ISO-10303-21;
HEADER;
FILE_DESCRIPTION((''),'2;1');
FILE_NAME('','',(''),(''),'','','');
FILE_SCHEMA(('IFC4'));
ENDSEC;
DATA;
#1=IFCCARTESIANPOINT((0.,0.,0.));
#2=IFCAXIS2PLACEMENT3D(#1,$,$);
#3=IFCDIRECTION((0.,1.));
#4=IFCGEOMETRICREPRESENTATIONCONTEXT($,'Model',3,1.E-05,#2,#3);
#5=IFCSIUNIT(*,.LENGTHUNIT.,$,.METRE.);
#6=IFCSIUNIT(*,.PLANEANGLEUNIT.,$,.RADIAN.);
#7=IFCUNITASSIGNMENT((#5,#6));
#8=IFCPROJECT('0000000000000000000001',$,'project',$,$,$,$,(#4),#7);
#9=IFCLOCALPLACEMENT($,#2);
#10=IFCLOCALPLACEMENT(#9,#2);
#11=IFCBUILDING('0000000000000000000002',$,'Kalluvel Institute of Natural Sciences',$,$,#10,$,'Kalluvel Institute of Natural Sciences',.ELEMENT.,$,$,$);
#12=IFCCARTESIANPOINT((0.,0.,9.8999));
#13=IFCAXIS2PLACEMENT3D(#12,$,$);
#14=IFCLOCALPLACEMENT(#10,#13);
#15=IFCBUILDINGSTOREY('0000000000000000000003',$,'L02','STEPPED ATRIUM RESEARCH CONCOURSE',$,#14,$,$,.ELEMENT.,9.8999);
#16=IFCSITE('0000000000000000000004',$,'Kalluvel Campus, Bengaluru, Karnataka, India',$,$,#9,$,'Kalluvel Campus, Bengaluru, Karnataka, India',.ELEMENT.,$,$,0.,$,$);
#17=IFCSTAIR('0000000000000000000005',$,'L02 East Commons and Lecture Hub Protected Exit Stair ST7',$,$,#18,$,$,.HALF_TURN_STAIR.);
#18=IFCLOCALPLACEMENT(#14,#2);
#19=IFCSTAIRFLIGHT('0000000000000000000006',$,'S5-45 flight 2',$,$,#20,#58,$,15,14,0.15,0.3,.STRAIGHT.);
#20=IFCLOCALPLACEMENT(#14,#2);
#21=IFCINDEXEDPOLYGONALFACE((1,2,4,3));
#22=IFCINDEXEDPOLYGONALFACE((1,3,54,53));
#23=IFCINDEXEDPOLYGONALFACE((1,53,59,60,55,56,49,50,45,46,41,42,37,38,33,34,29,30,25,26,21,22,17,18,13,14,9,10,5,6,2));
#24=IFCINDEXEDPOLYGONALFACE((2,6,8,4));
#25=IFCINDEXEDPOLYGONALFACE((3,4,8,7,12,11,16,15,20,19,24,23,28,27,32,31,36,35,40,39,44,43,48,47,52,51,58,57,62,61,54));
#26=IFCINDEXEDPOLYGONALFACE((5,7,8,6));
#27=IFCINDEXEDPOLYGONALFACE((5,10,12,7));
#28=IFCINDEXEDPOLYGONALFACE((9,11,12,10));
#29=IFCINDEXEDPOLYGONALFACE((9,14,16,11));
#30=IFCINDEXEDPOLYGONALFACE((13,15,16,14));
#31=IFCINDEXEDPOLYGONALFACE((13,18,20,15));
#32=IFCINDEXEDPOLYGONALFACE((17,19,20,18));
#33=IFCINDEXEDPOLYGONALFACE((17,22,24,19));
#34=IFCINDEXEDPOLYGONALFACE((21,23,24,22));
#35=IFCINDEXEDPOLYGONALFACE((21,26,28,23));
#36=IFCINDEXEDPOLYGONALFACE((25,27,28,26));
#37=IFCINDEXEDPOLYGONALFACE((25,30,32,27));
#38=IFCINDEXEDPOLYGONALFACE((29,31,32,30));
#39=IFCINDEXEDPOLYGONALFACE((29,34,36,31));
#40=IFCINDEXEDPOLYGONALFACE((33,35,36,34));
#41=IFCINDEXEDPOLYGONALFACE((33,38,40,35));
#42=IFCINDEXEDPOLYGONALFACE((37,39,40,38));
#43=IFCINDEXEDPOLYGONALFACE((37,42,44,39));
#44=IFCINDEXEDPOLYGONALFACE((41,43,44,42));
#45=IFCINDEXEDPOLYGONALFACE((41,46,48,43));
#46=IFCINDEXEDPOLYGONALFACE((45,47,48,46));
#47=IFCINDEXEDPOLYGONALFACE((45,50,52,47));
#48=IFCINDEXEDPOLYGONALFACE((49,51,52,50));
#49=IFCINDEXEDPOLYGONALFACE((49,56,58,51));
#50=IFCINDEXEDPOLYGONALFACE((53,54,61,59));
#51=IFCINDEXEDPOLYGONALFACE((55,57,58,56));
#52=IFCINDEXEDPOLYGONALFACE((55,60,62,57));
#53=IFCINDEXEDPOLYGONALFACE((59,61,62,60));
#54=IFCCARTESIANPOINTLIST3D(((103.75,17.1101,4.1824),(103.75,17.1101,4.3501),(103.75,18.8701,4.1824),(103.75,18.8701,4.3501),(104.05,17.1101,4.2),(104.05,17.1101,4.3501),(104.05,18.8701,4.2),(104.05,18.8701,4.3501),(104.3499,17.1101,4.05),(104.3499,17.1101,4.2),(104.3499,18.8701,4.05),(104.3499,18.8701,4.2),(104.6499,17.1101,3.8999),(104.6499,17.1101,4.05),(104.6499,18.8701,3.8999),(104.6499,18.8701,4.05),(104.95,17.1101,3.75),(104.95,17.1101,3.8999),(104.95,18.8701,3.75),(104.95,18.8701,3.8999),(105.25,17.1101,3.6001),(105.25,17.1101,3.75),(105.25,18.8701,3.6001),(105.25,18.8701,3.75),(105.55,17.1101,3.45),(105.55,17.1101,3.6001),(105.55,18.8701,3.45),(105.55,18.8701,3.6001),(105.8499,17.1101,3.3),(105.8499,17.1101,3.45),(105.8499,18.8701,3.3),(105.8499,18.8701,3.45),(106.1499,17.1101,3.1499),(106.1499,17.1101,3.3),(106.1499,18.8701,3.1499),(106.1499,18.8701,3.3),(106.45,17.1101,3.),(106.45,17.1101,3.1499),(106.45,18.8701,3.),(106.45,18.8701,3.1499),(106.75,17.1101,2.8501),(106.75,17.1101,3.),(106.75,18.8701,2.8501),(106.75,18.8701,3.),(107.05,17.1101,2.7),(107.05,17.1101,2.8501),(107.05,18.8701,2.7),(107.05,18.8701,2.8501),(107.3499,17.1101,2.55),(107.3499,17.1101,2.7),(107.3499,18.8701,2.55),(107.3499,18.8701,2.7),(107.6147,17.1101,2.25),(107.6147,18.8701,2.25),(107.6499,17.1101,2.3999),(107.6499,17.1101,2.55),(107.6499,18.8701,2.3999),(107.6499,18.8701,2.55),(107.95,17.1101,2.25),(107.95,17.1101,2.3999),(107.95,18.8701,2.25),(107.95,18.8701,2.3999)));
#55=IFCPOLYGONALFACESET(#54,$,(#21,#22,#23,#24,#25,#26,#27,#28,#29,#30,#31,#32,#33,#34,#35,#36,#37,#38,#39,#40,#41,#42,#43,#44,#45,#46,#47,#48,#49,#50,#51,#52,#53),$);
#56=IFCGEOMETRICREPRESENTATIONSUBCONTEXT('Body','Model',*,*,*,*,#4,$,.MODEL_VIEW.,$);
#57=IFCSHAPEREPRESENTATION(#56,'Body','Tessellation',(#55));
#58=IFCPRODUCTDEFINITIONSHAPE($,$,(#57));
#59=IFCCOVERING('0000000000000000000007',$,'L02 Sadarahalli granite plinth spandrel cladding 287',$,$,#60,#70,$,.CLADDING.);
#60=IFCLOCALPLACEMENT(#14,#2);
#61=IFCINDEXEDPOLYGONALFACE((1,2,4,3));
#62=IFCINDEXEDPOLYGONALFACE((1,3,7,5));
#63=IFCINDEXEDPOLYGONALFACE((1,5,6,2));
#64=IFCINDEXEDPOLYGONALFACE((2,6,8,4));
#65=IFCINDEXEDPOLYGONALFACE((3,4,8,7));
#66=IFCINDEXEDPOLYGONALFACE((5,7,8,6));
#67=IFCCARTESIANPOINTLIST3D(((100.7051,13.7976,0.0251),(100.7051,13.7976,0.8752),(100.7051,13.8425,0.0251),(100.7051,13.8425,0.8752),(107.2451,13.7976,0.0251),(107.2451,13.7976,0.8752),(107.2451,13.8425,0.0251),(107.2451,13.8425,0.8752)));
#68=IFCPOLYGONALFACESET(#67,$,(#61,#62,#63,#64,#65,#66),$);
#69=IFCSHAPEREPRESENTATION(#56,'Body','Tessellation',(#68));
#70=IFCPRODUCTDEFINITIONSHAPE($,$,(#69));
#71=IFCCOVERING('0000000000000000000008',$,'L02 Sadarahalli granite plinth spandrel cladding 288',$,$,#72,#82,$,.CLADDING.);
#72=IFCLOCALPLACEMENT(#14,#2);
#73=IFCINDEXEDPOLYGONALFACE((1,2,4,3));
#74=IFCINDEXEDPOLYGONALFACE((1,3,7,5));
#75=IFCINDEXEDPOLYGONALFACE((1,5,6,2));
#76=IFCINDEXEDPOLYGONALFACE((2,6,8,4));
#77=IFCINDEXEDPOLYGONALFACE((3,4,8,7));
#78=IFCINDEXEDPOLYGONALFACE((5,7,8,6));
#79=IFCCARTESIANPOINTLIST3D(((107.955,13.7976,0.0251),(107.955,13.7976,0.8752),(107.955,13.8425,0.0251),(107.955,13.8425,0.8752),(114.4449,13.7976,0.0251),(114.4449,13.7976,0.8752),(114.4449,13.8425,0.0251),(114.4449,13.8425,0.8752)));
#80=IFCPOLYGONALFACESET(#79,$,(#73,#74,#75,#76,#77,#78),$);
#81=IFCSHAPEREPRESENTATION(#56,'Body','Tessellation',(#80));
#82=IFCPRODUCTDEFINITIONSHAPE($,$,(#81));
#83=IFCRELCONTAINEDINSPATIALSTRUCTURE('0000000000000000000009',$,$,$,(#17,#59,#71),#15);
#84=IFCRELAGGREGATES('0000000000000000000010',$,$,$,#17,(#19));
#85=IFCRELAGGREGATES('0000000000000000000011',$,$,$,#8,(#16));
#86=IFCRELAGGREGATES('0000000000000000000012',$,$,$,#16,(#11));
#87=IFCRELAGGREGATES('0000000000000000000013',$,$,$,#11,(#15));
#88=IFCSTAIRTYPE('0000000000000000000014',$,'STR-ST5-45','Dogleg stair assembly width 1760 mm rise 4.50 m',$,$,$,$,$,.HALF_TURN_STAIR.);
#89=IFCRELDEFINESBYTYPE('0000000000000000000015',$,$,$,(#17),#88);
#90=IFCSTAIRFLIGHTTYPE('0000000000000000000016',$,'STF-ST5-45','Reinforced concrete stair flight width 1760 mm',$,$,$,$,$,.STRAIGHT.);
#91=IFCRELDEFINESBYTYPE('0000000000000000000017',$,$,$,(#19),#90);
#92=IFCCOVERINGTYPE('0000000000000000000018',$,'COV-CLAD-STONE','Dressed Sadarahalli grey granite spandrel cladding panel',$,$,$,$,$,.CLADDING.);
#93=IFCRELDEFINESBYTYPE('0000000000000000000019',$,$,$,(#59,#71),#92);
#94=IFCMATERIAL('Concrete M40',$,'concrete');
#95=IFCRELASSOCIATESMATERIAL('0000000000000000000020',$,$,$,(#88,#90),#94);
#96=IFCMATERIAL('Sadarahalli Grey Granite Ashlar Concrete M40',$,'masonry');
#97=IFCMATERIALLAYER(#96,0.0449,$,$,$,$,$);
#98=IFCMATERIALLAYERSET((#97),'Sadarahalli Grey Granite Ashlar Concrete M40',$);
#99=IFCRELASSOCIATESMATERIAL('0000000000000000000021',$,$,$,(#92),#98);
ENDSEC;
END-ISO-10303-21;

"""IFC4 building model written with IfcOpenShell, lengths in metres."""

from ifc_helpers import new_model, si_unit, direction, frame, origin, origin_2d, place, context, subcontext, project, spatial, polyline, rectangle, outline, extrude, material, layer, layer_set, type_object, element, aggregate, save


model = new_model("IFC4")

# Units and contexts
model_context = context("Model", 3, precision=1e-05, world=origin(), true_north=direction((0.0, 1.0)))
body_context = subcontext(model_context, "Body", "Model", "MODEL_VIEW")
ifc_project = project(units=[si_unit("LENGTHUNIT", "METRE"), si_unit("PLANEANGLEUNIT", "RADIAN")], contexts=[model_context])

# Site, building, storey
site_placement = place(None, origin())
site = spatial("IfcSite", under=ifc_project, at=site_placement, Name="Kalluvel Campus, Bengaluru, Karnataka, India", LongName="Kalluvel Campus, Bengaluru, Karnataka, India", CompositionType="ELEMENT", RefElevation=0.0)
building_placement = place(site_placement, origin())
building = spatial("IfcBuilding", under=site, at=building_placement, Name="Kalluvel Institute of Natural Sciences", LongName="Kalluvel Institute of Natural Sciences", CompositionType="ELEMENT")
storey_placement = place(building_placement, frame((0.0, 0.0, 9.8999)))
storey = spatial("IfcBuildingStorey", under=building, at=storey_placement, Name="L02", Description="STEPPED ATRIUM RESEARCH CONCOURSE", CompositionType="ELEMENT", Elevation=9.8999)

# Shared definitions
ifc_material_1 = material(Name="Concrete M40", Category="concrete")

# Shared definitions
ifc_material_2 = material(Name="Sadarahalli Grey Granite Ashlar Concrete M40", Category="masonry")

# Stair, stair flight
stair_type = type_object("IfcStairType", Name="STR-ST5-45", Description="Dogleg stair assembly width 1760 mm rise 4.50 m", PredefinedType="HALF_TURN_STAIR", material=ifc_material_1)
stair_placement = place(storey_placement, origin())
stair = element("IfcStair", 1, at=stair_placement, inside=storey, type_object=stair_type, Name="L02 East Commons and Lecture Hub Protected Exit Stair ST7", PredefinedType="HALF_TURN_STAIR")
stair_flight_type = type_object("IfcStairFlightType", Name="STF-ST5-45", Description="Reinforced concrete stair flight width 1760 mm", PredefinedType="STRAIGHT", material=ifc_material_1)
stair_flight_1_placement = place(storey_placement, frame((107.95, 17.99, 2.25), z_axis=(0.0, 0.0, 1.0), x_axis=(-1.0, 0.0, 0.0)))
stair_flight_1 = element("IfcStairFlight", 2, at=stair_flight_1_placement, type_object=stair_flight_type, Name="S5-45 flight 2", NumberOfRisers=15, NumberOfTreads=14, PredefinedType="STRAIGHT", RiserHeight=0.15, TreadLength=0.3, context=body_context, shape_type="SweptSolid", body=[
    extrude(outline(polyline([(0.0, 0.0), (0.0, 0.1499), (0.3, 0.1499), (0.3, 0.3), (0.6001, 0.3), (0.6001, 0.45), (0.8999, 0.45), (0.8999, 0.6001), (1.2, 0.6001), (1.2, 0.75), (1.5, 0.75), (1.5, 0.8999), (1.8, 0.8999), (1.8, 1.05), (2.1001, 1.05), (2.1001, 1.2), (2.3999, 1.2), (2.3999, 1.3501), (2.7, 1.3501), (2.7, 1.5), (3.0, 1.5), (3.0, 1.6499), (3.3, 1.6499), (3.3, 1.8), (3.6001, 1.8), (3.6001, 1.95), (3.8999, 1.95), (3.8999, 2.1001), (4.2, 2.1001), (4.2, 2.25), (4.2, 1.9324), (0.3352, 0.0), (0.0, 0.0)])), frame((0.0, 0.8799, 0.0), z_axis=(0.0, -1.0, 0.0), x_axis=(1.0, 0.0, 0.0)), (0.0, 0.0, 1.0), 1.76),
])
aggregate(stair, [stair_flight_1])

# Coverings
ifc_layer_1 = layer(ifc_material_2, 0.0449)
ifc_layer_set_1 = layer_set([ifc_layer_1], Name="Sadarahalli Grey Granite Ashlar Concrete M40")
covering_type = type_object("IfcCoveringType", Name="COV-CLAD-STONE", Description="Dressed Sadarahalli grey granite spandrel cladding panel", PredefinedType="CLADDING", material=ifc_layer_set_1)
covering_1_placement = place(storey_placement, frame((103.9751, 13.8201, 0.0251), z_axis=(0.0, 0.0, 1.0), x_axis=(1.0, 0.0, 0.0)))
element("IfcCovering", 3, at=covering_1_placement, inside=storey, type_object=covering_type, Name="L02 Sadarahalli granite plinth spandrel cladding 287", PredefinedType="CLADDING", context=body_context, shape_type="SweptSolid", body=[
    extrude(rectangle(XDim=6.54, YDim=0.0449, at=origin_2d()), origin(), (0.0, 0.0, 1.0), 0.8501),
])
covering_2_placement = place(storey_placement, frame((111.2, 13.8201, 0.0251), z_axis=(0.0, 0.0, 1.0), x_axis=(1.0, 0.0, 0.0)))
element("IfcCovering", 4, at=covering_2_placement, inside=storey, type_object=covering_type, Name="L02 Sadarahalli granite plinth spandrel cladding 288", PredefinedType="CLADDING", context=body_context, shape_type="SweptSolid", body=[
    extrude(rectangle(XDim=6.49, YDim=0.0449, at=origin_2d()), origin(), (0.0, 0.0, 1.0), 0.8501),
])

save(model, "model.ifc")
